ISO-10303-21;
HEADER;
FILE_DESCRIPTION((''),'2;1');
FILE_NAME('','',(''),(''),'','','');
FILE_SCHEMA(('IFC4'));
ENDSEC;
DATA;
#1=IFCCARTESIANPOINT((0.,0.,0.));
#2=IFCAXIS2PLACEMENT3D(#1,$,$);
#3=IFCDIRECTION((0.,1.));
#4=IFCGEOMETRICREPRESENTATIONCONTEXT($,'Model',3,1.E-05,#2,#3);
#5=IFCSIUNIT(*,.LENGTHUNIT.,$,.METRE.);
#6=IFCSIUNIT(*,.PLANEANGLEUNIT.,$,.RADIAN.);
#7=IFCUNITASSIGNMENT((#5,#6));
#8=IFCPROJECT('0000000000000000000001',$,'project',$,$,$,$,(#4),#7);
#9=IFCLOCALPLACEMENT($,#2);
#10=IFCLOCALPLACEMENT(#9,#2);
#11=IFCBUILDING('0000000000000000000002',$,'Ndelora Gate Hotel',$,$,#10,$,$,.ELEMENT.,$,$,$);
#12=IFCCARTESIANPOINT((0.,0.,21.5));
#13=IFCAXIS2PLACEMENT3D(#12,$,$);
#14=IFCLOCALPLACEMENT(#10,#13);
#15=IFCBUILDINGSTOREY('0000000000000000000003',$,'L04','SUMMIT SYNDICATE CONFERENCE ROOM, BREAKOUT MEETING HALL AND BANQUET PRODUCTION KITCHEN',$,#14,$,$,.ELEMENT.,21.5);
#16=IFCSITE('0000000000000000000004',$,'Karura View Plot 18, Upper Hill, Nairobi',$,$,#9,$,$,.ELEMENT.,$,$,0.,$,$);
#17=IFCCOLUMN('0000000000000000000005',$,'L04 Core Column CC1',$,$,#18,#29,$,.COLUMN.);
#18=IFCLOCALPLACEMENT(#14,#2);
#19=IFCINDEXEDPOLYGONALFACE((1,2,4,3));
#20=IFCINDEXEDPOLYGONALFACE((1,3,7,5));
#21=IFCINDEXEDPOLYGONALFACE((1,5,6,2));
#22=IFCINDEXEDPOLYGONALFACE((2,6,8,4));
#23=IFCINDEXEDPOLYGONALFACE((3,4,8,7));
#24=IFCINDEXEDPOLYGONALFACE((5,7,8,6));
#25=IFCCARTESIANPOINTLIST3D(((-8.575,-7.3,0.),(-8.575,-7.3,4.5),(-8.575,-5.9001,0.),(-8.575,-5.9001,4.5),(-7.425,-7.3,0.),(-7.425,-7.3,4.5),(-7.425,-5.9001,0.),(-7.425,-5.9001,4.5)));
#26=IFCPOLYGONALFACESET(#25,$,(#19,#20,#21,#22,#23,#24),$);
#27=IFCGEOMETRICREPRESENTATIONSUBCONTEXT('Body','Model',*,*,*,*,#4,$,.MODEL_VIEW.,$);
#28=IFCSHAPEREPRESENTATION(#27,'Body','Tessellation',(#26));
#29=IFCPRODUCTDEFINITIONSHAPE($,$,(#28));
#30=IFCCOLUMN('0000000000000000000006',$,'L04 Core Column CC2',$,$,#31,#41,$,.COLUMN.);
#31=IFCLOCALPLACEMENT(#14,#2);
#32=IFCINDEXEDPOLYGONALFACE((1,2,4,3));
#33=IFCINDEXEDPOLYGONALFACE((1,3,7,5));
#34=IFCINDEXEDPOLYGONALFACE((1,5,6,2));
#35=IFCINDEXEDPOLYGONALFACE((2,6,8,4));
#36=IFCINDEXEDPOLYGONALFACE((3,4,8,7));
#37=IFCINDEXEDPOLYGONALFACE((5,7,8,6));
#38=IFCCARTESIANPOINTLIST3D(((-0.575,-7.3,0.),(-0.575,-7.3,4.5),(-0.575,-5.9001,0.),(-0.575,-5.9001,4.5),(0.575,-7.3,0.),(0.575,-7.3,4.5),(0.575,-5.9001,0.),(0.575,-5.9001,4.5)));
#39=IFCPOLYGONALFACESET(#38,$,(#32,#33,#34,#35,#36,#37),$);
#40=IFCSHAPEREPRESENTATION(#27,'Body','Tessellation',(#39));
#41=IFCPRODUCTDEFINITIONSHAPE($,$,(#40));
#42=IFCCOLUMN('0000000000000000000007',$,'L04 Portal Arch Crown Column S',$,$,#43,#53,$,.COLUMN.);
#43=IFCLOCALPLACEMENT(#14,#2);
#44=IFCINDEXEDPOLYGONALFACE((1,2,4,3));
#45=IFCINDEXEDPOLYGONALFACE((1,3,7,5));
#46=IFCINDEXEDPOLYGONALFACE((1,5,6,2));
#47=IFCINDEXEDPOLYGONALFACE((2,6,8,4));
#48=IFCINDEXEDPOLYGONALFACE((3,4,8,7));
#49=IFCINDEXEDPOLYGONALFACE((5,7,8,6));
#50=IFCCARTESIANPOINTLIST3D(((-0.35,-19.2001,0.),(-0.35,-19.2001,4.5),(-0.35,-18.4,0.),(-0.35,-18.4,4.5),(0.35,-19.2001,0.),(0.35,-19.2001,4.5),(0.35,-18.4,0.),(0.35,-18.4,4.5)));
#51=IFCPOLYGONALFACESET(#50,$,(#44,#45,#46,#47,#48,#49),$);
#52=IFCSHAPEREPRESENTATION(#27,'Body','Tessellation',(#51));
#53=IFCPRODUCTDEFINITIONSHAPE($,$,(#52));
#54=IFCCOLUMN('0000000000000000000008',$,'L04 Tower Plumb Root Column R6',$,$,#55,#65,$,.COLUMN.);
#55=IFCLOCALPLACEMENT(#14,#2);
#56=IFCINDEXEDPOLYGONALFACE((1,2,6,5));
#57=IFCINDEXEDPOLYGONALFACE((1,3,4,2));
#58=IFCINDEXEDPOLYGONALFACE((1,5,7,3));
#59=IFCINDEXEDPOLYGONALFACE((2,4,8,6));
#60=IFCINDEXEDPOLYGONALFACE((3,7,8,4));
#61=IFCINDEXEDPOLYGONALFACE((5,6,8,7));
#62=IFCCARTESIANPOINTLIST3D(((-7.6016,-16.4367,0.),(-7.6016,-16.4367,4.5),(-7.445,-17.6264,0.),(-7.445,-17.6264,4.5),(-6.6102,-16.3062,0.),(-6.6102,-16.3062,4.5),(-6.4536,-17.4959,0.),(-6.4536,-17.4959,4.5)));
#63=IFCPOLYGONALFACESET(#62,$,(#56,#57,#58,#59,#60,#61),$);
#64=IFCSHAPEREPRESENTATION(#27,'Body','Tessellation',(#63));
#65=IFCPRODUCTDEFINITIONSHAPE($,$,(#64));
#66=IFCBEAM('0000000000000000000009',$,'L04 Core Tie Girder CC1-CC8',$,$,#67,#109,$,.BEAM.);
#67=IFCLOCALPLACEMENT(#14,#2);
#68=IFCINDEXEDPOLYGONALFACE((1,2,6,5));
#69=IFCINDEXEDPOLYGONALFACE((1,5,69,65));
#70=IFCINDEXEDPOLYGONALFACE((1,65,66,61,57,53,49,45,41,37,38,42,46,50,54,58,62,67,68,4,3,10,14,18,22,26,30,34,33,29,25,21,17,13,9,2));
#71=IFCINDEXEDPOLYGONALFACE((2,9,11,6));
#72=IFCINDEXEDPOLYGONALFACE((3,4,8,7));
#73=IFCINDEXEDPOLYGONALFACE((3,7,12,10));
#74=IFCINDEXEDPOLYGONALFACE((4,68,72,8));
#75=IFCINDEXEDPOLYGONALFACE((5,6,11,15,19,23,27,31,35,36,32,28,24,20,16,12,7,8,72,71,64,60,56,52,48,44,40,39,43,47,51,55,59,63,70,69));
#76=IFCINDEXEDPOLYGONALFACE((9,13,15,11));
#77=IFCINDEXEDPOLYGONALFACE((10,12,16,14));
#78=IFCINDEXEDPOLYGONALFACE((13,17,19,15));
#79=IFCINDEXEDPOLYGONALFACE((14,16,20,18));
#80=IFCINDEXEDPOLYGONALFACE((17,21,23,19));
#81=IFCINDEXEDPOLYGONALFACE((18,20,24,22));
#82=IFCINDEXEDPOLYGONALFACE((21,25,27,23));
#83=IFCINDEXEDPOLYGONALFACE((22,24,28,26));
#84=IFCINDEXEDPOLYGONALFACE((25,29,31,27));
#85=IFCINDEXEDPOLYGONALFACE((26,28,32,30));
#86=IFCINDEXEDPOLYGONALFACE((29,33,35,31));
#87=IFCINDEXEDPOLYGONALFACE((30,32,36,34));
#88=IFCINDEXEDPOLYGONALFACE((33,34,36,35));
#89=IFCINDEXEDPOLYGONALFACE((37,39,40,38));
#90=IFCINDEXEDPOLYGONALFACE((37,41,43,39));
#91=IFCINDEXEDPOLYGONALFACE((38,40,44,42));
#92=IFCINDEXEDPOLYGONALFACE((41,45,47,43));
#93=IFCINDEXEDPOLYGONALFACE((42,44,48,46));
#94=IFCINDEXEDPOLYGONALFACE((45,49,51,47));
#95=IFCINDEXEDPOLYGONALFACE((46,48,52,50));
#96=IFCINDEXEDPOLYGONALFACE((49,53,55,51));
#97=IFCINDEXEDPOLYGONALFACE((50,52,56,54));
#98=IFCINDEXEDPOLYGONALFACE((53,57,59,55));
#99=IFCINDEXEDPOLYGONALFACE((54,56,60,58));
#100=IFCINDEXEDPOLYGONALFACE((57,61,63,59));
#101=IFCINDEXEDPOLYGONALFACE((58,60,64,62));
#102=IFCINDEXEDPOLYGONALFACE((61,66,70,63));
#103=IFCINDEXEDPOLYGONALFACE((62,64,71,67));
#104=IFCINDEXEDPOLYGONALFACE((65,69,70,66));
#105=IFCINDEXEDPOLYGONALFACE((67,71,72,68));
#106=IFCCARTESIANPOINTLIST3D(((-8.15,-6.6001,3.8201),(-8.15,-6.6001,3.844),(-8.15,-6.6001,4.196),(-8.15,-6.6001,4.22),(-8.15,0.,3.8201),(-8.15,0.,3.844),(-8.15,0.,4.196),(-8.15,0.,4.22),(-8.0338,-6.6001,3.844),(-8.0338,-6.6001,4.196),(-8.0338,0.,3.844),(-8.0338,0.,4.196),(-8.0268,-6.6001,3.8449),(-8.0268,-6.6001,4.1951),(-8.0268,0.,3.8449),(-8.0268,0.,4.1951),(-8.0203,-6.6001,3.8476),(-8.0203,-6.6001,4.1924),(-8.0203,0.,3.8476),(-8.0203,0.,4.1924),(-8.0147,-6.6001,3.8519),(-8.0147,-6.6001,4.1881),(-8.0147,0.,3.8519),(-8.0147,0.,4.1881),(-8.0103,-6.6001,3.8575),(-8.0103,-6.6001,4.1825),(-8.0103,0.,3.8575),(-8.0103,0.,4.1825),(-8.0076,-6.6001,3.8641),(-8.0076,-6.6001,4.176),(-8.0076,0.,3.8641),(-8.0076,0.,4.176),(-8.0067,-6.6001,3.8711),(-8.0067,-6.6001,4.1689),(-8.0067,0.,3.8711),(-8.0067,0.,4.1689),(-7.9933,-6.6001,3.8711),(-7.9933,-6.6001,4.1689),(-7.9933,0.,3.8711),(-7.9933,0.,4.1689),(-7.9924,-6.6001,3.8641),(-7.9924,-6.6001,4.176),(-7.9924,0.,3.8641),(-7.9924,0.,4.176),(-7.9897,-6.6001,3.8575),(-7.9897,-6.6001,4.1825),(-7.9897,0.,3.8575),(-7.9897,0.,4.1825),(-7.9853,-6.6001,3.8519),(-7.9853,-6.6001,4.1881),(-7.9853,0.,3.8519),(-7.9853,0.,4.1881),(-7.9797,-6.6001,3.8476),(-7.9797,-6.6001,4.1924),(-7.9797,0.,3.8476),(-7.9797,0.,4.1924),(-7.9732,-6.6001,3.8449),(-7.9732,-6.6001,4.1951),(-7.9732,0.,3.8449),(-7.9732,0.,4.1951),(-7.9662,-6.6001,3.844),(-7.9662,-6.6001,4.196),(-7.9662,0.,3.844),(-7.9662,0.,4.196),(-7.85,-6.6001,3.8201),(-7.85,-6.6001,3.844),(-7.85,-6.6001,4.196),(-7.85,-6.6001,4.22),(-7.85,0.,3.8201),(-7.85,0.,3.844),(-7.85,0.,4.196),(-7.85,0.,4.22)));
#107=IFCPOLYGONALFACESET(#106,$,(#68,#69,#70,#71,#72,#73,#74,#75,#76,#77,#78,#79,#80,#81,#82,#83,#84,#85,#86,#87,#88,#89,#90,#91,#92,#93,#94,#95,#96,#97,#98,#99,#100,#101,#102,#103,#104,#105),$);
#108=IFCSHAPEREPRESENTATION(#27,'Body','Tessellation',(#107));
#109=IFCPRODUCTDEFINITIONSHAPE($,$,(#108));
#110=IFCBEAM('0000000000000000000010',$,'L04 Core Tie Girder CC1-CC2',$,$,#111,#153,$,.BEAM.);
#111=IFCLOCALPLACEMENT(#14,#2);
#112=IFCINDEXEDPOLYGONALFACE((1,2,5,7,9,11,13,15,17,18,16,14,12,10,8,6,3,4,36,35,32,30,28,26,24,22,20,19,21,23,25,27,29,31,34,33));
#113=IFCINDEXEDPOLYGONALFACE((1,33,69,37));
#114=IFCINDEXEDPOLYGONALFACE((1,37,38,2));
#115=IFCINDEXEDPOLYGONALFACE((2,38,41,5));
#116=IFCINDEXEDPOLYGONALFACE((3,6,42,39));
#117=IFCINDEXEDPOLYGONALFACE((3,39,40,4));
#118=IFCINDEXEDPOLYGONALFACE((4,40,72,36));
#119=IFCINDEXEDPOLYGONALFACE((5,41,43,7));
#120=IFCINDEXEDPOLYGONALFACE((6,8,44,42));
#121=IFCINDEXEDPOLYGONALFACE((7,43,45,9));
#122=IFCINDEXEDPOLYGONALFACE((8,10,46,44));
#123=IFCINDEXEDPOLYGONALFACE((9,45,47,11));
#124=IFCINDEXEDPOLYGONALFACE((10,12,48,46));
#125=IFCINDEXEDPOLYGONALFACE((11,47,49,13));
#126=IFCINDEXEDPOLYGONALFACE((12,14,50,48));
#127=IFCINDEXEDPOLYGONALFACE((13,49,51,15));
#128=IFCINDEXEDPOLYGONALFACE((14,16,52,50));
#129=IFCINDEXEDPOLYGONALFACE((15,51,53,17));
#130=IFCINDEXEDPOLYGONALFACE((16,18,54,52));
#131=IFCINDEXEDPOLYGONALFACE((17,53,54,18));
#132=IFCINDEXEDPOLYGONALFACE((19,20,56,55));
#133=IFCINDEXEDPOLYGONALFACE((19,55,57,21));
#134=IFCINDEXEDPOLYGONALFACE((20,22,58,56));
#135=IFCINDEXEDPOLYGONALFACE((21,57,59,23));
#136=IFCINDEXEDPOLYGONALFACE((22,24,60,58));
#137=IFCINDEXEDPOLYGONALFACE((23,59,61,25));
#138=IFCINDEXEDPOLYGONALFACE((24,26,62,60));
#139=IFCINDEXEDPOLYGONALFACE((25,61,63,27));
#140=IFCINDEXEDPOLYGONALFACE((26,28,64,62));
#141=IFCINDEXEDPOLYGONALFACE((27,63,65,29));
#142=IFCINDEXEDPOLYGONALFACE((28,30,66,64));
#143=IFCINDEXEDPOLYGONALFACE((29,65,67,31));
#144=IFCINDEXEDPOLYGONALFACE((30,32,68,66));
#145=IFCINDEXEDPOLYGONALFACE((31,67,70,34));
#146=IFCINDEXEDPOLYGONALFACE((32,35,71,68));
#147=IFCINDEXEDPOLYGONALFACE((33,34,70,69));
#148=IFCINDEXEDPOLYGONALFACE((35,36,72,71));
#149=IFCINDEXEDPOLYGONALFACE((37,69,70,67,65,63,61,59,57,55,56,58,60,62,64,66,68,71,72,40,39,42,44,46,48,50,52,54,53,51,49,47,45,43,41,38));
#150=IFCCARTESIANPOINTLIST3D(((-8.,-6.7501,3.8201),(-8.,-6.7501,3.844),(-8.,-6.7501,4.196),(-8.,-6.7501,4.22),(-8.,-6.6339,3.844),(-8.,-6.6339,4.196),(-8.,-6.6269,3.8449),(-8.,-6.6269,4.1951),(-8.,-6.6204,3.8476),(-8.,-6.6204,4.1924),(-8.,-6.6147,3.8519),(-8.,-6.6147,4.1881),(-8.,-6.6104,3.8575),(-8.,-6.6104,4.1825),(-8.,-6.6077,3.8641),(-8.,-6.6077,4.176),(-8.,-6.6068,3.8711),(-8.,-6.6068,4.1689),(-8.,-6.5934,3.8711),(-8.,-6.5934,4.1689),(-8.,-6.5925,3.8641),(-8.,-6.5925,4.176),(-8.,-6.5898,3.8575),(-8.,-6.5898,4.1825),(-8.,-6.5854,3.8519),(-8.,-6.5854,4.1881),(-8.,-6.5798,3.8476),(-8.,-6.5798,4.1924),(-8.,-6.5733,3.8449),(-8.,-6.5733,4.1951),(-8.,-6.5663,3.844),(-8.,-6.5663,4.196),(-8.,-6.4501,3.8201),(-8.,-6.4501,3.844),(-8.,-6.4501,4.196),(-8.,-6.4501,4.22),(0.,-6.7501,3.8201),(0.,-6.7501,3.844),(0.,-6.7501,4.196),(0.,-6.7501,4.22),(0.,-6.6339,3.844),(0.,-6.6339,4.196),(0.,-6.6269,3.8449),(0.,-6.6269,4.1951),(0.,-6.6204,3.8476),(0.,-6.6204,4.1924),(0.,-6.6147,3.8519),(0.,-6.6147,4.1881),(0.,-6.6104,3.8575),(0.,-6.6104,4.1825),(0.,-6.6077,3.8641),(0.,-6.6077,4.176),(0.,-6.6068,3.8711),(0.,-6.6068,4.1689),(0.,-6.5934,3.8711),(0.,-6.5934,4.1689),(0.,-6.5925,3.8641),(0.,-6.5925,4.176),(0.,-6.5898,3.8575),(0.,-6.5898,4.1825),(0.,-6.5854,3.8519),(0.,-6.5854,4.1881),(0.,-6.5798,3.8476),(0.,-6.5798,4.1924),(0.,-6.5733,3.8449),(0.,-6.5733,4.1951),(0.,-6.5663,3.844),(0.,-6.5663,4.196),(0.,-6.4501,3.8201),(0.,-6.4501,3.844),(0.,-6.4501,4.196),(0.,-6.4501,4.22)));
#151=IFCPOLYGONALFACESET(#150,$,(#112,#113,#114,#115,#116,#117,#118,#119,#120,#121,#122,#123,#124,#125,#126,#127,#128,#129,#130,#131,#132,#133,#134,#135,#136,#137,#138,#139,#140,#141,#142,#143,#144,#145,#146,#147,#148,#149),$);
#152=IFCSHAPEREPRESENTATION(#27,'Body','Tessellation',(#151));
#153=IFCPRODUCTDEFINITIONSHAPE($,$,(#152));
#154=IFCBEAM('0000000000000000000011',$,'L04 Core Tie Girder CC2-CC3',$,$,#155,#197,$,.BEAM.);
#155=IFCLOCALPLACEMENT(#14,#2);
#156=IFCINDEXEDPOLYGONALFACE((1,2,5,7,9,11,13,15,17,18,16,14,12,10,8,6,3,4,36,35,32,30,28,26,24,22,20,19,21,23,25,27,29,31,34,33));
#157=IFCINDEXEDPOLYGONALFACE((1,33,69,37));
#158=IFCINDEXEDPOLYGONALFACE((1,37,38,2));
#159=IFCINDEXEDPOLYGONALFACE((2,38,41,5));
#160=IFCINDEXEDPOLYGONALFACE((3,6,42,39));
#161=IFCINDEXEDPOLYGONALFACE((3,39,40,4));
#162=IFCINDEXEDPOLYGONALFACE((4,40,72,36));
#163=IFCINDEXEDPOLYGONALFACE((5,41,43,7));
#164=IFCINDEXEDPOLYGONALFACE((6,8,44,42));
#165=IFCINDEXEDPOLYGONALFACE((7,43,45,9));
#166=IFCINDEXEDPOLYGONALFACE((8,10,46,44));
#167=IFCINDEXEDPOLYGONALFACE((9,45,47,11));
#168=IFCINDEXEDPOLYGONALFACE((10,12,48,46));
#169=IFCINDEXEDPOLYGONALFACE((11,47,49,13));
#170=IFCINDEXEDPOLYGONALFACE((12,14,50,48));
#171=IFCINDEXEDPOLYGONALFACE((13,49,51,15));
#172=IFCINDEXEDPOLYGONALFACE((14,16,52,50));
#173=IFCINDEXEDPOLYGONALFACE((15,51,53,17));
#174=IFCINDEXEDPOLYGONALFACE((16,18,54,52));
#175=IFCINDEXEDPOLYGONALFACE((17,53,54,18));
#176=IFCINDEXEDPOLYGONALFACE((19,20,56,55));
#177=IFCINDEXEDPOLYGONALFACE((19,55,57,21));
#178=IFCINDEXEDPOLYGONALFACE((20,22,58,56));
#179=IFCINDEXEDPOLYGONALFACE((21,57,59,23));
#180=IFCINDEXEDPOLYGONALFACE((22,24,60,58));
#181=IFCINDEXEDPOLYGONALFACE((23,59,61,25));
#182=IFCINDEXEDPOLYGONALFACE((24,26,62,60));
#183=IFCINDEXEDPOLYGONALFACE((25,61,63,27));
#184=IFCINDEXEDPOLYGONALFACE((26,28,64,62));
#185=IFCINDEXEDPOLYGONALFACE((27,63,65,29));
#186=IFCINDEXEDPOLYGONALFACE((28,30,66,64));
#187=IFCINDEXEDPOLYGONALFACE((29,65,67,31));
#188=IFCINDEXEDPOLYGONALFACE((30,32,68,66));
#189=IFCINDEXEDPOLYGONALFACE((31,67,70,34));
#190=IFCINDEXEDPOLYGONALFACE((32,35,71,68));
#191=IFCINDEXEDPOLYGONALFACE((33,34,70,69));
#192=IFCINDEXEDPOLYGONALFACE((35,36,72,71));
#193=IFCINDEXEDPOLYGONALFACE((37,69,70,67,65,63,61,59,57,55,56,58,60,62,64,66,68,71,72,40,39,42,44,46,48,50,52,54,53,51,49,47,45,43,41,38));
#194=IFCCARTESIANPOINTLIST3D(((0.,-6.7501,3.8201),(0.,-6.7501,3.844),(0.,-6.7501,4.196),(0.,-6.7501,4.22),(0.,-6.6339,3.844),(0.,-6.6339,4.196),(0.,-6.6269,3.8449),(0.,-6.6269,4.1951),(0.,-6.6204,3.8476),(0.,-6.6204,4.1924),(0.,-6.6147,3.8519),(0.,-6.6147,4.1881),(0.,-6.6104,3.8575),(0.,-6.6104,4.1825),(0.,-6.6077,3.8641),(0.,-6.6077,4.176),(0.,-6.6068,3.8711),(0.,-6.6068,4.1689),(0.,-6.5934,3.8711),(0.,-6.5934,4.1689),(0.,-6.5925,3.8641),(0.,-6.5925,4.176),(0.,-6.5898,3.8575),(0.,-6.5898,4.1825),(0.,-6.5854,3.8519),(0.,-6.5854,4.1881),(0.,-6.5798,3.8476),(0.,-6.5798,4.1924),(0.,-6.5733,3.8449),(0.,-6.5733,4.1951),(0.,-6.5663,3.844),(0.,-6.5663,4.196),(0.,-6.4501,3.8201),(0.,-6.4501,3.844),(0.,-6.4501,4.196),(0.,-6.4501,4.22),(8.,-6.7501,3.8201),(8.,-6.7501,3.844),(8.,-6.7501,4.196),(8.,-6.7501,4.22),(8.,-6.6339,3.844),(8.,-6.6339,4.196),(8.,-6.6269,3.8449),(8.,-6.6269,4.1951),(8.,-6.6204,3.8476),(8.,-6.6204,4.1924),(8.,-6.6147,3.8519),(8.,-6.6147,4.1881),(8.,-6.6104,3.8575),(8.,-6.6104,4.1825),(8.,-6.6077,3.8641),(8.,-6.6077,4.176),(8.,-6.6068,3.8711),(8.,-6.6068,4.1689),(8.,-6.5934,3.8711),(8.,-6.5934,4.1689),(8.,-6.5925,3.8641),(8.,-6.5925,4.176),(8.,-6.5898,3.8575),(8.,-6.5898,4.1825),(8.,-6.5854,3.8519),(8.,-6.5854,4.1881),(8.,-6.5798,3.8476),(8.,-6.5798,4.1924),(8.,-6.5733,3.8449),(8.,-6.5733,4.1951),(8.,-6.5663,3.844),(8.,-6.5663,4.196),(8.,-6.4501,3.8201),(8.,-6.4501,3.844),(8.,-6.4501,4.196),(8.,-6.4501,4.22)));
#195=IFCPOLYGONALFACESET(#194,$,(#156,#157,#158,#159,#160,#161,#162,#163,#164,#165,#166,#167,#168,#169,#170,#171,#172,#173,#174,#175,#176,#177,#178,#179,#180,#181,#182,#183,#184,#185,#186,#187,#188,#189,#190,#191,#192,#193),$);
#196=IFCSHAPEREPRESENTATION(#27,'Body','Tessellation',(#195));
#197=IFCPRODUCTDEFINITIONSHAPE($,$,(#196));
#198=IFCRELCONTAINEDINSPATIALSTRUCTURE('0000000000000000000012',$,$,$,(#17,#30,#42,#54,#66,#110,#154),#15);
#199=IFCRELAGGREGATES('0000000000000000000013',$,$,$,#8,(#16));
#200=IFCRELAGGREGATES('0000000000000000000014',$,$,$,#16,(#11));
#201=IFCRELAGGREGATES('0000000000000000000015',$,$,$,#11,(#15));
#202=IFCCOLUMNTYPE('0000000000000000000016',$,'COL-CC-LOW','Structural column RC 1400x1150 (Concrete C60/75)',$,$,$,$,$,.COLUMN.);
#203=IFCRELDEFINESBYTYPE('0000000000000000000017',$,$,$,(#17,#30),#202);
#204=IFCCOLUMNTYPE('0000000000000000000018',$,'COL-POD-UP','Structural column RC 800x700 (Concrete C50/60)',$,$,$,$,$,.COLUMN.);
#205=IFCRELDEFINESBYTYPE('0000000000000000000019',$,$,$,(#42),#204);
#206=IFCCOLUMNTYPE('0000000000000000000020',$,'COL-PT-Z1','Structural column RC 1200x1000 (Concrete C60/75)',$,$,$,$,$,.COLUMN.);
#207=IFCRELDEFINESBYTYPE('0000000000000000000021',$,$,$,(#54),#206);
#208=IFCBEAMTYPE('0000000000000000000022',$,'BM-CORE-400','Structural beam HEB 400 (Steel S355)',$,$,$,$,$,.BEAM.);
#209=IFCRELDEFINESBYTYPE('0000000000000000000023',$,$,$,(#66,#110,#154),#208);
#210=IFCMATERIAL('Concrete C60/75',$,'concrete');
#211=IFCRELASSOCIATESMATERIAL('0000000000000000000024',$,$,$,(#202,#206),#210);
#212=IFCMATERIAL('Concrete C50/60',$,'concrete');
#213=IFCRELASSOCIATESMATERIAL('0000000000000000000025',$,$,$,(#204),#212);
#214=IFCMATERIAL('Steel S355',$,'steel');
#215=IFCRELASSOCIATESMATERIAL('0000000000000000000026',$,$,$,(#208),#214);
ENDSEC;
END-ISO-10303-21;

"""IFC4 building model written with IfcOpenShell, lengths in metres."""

from ifc_helpers import new_model, si_unit, direction, frame, origin, origin_2d, place, context, subcontext, project, spatial, rectangle, i_section, extrude, material, material_profile, profile_set, type_object, element, save


model = new_model("IFC4")

# Units and contexts
model_context = context("Model", 3, precision=1e-05, world=origin(), true_north=direction((0.0, 1.0)))
body_context = subcontext(model_context, "Body", "Model", "MODEL_VIEW")
ifc_project = project(units=[si_unit("LENGTHUNIT", "METRE"), si_unit("PLANEANGLEUNIT", "RADIAN")], contexts=[model_context])

# Site, building, storey
site_placement = place(None, origin())
site = spatial("IfcSite", under=ifc_project, at=site_placement, Name="Karura View Plot 18, Upper Hill, Nairobi", CompositionType="ELEMENT", RefElevation=0.0)
building_placement = place(site_placement, origin())
building = spatial("IfcBuilding", under=site, at=building_placement, Name="Ndelora Gate Hotel", CompositionType="ELEMENT")
storey_placement = place(building_placement, frame((0.0, 0.0, 21.5)))
storey = spatial("IfcBuildingStorey", under=building, at=storey_placement, Name="L04", Description="SUMMIT SYNDICATE CONFERENCE ROOM, BREAKOUT MEETING HALL AND BANQUET PRODUCTION KITCHEN", CompositionType="ELEMENT", Elevation=21.5)

# Columns
ifc_material_1 = material(Name="Concrete C60/75", Category="concrete")
ifc_material_profile_1 = material_profile(ifc_material_1, rectangle(XDim=1.1499, YDim=1.3999, at=origin_2d()), Name="RC 1400x1150")
ifc_profile_set_1 = profile_set([ifc_material_profile_1], Name="Concrete C60/75")
column_type_1 = type_object("IfcColumnType", Name="COL-CC-LOW", Description="Structural column RC 1400x1150 (Concrete C60/75)", PredefinedType="COLUMN", material=ifc_profile_set_1)
for number, where, z_axis, x_axis, name in (
    (1, (-8.0, -6.6001, 0.0), (0.0, 0.0, 1.0), (1.0, 0.0, 0.0), "L04 Core Column CC1"),
    (2, (0.0, -6.6001, 0.0), (0.0, 0.0, 1.0), (1.0, 0.0, 0.0), "L04 Core Column CC2"),
):
    element("IfcColumn", number, at=place(storey_placement, frame(where, z_axis=z_axis, x_axis=x_axis)), inside=storey, type_object=column_type_1, Name=name, PredefinedType="COLUMN", context=body_context, shape_type="SweptSolid", body=[
        extrude(rectangle(XDim=1.1499, YDim=1.3999, at=origin_2d()), origin(), (0.0, 0.0, 1.0), 4.5),
    ])
ifc_material_2 = material(Name="Concrete C50/60", Category="concrete")
ifc_material_profile_2 = material_profile(ifc_material_2, rectangle(XDim=0.7, YDim=0.8, at=origin_2d()), Name="RC 800x700")
ifc_profile_set_2 = profile_set([ifc_material_profile_2], Name="Concrete C50/60")
column_type_2 = type_object("IfcColumnType", Name="COL-POD-UP", Description="Structural column RC 800x700 (Concrete C50/60)", PredefinedType="COLUMN", material=ifc_profile_set_2)
column_1_placement = place(storey_placement, frame((0.0, -18.8, 0.0), z_axis=(0.0, 0.0, 1.0), x_axis=(1.0, 0.0, 0.0)))
element("IfcColumn", 3, at=column_1_placement, inside=storey, type_object=column_type_2, Name="L04 Portal Arch Crown Column S", PredefinedType="COLUMN", context=body_context, shape_type="SweptSolid", body=[
    extrude(rectangle(XDim=0.7, YDim=0.8, at=origin_2d()), origin(), (0.0, 0.0, 1.0), 4.5),
])
ifc_material_profile_3 = material_profile(ifc_material_1, rectangle(XDim=1.0, YDim=1.2, at=origin_2d()), Name="RC 1200x1000")
ifc_profile_set_3 = profile_set([ifc_material_profile_3], Name="Concrete C60/75")
column_type_3 = type_object("IfcColumnType", Name="COL-PT-Z1", Description="Structural column RC 1200x1000 (Concrete C60/75)", PredefinedType="COLUMN", material=ifc_profile_set_3)
column_2_placement = place(storey_placement, frame((-7.0276, -16.9663, 0.0), z_axis=(0.0, 0.0, 1.0), x_axis=(0.991445, 0.130526, 0.0)))
element("IfcColumn", 4, at=column_2_placement, inside=storey, type_object=column_type_3, Name="L04 Tower Plumb Root Column R6", PredefinedType="COLUMN", context=body_context, shape_type="SweptSolid", body=[
    extrude(rectangle(XDim=1.0, YDim=1.2, at=origin_2d()), origin(), (0.0, 0.0, 1.0), 4.5),
])

# Beams
ifc_material_3 = material(Name="Steel S355", Category="steel")
ifc_material_profile_4 = material_profile(ifc_material_3, i_section(OverallWidth=0.3, OverallDepth=0.3999, WebThickness=0.0134, FlangeThickness=0.0239, FilletRadius=0.0271, at=origin_2d()), Name="HEB 400")
ifc_profile_set_4 = profile_set([ifc_material_profile_4], Name="Steel S355")
beam_type_1 = type_object("IfcBeamType", Name="BM-CORE-400", Description="Structural beam HEB 400 (Steel S355)", PredefinedType="BEAM", material=ifc_profile_set_4)
beam_1_placement = place(storey_placement, frame((-8.0, -6.6001, 4.02), z_axis=(0.0, 1.0, 0.0), x_axis=(-1.0, 0.0, 0.0)))
element("IfcBeam", 5, at=beam_1_placement, inside=storey, type_object=beam_type_1, Name="L04 Core Tie Girder CC1-CC8", PredefinedType="BEAM", context=body_context, shape_type="SweptSolid", body=[
    extrude(i_section(OverallWidth=0.3, OverallDepth=0.3999, WebThickness=0.0134, FlangeThickness=0.0239, FilletRadius=0.0271, at=origin_2d()), origin(), (0.0, 0.0, 1.0), 6.6001),
])
for number, where, z_axis, x_axis, name in (
    (6, (-8.0, -6.6001, 4.02), (1.0, 0.0, 0.0), (0.0, 1.0, 0.0), "L04 Core Tie Girder CC1-CC2"),
    (7, (0.0, -6.6001, 4.02), (1.0, 0.0, 0.0), (0.0, 1.0, 0.0), "L04 Core Tie Girder CC2-CC3"),
):
    element("IfcBeam", number, at=place(storey_placement, frame(where, z_axis=z_axis, x_axis=x_axis)), inside=storey, type_object=beam_type_1, Name=name, PredefinedType="BEAM", context=body_context, shape_type="SweptSolid", body=[
        extrude(i_section(OverallWidth=0.3, OverallDepth=0.3999, WebThickness=0.0134, FlangeThickness=0.0239, FilletRadius=0.0271, at=origin_2d()), origin(), (0.0, 0.0, 1.0), 8.0),
    ])

save(model, "model.ifc")
